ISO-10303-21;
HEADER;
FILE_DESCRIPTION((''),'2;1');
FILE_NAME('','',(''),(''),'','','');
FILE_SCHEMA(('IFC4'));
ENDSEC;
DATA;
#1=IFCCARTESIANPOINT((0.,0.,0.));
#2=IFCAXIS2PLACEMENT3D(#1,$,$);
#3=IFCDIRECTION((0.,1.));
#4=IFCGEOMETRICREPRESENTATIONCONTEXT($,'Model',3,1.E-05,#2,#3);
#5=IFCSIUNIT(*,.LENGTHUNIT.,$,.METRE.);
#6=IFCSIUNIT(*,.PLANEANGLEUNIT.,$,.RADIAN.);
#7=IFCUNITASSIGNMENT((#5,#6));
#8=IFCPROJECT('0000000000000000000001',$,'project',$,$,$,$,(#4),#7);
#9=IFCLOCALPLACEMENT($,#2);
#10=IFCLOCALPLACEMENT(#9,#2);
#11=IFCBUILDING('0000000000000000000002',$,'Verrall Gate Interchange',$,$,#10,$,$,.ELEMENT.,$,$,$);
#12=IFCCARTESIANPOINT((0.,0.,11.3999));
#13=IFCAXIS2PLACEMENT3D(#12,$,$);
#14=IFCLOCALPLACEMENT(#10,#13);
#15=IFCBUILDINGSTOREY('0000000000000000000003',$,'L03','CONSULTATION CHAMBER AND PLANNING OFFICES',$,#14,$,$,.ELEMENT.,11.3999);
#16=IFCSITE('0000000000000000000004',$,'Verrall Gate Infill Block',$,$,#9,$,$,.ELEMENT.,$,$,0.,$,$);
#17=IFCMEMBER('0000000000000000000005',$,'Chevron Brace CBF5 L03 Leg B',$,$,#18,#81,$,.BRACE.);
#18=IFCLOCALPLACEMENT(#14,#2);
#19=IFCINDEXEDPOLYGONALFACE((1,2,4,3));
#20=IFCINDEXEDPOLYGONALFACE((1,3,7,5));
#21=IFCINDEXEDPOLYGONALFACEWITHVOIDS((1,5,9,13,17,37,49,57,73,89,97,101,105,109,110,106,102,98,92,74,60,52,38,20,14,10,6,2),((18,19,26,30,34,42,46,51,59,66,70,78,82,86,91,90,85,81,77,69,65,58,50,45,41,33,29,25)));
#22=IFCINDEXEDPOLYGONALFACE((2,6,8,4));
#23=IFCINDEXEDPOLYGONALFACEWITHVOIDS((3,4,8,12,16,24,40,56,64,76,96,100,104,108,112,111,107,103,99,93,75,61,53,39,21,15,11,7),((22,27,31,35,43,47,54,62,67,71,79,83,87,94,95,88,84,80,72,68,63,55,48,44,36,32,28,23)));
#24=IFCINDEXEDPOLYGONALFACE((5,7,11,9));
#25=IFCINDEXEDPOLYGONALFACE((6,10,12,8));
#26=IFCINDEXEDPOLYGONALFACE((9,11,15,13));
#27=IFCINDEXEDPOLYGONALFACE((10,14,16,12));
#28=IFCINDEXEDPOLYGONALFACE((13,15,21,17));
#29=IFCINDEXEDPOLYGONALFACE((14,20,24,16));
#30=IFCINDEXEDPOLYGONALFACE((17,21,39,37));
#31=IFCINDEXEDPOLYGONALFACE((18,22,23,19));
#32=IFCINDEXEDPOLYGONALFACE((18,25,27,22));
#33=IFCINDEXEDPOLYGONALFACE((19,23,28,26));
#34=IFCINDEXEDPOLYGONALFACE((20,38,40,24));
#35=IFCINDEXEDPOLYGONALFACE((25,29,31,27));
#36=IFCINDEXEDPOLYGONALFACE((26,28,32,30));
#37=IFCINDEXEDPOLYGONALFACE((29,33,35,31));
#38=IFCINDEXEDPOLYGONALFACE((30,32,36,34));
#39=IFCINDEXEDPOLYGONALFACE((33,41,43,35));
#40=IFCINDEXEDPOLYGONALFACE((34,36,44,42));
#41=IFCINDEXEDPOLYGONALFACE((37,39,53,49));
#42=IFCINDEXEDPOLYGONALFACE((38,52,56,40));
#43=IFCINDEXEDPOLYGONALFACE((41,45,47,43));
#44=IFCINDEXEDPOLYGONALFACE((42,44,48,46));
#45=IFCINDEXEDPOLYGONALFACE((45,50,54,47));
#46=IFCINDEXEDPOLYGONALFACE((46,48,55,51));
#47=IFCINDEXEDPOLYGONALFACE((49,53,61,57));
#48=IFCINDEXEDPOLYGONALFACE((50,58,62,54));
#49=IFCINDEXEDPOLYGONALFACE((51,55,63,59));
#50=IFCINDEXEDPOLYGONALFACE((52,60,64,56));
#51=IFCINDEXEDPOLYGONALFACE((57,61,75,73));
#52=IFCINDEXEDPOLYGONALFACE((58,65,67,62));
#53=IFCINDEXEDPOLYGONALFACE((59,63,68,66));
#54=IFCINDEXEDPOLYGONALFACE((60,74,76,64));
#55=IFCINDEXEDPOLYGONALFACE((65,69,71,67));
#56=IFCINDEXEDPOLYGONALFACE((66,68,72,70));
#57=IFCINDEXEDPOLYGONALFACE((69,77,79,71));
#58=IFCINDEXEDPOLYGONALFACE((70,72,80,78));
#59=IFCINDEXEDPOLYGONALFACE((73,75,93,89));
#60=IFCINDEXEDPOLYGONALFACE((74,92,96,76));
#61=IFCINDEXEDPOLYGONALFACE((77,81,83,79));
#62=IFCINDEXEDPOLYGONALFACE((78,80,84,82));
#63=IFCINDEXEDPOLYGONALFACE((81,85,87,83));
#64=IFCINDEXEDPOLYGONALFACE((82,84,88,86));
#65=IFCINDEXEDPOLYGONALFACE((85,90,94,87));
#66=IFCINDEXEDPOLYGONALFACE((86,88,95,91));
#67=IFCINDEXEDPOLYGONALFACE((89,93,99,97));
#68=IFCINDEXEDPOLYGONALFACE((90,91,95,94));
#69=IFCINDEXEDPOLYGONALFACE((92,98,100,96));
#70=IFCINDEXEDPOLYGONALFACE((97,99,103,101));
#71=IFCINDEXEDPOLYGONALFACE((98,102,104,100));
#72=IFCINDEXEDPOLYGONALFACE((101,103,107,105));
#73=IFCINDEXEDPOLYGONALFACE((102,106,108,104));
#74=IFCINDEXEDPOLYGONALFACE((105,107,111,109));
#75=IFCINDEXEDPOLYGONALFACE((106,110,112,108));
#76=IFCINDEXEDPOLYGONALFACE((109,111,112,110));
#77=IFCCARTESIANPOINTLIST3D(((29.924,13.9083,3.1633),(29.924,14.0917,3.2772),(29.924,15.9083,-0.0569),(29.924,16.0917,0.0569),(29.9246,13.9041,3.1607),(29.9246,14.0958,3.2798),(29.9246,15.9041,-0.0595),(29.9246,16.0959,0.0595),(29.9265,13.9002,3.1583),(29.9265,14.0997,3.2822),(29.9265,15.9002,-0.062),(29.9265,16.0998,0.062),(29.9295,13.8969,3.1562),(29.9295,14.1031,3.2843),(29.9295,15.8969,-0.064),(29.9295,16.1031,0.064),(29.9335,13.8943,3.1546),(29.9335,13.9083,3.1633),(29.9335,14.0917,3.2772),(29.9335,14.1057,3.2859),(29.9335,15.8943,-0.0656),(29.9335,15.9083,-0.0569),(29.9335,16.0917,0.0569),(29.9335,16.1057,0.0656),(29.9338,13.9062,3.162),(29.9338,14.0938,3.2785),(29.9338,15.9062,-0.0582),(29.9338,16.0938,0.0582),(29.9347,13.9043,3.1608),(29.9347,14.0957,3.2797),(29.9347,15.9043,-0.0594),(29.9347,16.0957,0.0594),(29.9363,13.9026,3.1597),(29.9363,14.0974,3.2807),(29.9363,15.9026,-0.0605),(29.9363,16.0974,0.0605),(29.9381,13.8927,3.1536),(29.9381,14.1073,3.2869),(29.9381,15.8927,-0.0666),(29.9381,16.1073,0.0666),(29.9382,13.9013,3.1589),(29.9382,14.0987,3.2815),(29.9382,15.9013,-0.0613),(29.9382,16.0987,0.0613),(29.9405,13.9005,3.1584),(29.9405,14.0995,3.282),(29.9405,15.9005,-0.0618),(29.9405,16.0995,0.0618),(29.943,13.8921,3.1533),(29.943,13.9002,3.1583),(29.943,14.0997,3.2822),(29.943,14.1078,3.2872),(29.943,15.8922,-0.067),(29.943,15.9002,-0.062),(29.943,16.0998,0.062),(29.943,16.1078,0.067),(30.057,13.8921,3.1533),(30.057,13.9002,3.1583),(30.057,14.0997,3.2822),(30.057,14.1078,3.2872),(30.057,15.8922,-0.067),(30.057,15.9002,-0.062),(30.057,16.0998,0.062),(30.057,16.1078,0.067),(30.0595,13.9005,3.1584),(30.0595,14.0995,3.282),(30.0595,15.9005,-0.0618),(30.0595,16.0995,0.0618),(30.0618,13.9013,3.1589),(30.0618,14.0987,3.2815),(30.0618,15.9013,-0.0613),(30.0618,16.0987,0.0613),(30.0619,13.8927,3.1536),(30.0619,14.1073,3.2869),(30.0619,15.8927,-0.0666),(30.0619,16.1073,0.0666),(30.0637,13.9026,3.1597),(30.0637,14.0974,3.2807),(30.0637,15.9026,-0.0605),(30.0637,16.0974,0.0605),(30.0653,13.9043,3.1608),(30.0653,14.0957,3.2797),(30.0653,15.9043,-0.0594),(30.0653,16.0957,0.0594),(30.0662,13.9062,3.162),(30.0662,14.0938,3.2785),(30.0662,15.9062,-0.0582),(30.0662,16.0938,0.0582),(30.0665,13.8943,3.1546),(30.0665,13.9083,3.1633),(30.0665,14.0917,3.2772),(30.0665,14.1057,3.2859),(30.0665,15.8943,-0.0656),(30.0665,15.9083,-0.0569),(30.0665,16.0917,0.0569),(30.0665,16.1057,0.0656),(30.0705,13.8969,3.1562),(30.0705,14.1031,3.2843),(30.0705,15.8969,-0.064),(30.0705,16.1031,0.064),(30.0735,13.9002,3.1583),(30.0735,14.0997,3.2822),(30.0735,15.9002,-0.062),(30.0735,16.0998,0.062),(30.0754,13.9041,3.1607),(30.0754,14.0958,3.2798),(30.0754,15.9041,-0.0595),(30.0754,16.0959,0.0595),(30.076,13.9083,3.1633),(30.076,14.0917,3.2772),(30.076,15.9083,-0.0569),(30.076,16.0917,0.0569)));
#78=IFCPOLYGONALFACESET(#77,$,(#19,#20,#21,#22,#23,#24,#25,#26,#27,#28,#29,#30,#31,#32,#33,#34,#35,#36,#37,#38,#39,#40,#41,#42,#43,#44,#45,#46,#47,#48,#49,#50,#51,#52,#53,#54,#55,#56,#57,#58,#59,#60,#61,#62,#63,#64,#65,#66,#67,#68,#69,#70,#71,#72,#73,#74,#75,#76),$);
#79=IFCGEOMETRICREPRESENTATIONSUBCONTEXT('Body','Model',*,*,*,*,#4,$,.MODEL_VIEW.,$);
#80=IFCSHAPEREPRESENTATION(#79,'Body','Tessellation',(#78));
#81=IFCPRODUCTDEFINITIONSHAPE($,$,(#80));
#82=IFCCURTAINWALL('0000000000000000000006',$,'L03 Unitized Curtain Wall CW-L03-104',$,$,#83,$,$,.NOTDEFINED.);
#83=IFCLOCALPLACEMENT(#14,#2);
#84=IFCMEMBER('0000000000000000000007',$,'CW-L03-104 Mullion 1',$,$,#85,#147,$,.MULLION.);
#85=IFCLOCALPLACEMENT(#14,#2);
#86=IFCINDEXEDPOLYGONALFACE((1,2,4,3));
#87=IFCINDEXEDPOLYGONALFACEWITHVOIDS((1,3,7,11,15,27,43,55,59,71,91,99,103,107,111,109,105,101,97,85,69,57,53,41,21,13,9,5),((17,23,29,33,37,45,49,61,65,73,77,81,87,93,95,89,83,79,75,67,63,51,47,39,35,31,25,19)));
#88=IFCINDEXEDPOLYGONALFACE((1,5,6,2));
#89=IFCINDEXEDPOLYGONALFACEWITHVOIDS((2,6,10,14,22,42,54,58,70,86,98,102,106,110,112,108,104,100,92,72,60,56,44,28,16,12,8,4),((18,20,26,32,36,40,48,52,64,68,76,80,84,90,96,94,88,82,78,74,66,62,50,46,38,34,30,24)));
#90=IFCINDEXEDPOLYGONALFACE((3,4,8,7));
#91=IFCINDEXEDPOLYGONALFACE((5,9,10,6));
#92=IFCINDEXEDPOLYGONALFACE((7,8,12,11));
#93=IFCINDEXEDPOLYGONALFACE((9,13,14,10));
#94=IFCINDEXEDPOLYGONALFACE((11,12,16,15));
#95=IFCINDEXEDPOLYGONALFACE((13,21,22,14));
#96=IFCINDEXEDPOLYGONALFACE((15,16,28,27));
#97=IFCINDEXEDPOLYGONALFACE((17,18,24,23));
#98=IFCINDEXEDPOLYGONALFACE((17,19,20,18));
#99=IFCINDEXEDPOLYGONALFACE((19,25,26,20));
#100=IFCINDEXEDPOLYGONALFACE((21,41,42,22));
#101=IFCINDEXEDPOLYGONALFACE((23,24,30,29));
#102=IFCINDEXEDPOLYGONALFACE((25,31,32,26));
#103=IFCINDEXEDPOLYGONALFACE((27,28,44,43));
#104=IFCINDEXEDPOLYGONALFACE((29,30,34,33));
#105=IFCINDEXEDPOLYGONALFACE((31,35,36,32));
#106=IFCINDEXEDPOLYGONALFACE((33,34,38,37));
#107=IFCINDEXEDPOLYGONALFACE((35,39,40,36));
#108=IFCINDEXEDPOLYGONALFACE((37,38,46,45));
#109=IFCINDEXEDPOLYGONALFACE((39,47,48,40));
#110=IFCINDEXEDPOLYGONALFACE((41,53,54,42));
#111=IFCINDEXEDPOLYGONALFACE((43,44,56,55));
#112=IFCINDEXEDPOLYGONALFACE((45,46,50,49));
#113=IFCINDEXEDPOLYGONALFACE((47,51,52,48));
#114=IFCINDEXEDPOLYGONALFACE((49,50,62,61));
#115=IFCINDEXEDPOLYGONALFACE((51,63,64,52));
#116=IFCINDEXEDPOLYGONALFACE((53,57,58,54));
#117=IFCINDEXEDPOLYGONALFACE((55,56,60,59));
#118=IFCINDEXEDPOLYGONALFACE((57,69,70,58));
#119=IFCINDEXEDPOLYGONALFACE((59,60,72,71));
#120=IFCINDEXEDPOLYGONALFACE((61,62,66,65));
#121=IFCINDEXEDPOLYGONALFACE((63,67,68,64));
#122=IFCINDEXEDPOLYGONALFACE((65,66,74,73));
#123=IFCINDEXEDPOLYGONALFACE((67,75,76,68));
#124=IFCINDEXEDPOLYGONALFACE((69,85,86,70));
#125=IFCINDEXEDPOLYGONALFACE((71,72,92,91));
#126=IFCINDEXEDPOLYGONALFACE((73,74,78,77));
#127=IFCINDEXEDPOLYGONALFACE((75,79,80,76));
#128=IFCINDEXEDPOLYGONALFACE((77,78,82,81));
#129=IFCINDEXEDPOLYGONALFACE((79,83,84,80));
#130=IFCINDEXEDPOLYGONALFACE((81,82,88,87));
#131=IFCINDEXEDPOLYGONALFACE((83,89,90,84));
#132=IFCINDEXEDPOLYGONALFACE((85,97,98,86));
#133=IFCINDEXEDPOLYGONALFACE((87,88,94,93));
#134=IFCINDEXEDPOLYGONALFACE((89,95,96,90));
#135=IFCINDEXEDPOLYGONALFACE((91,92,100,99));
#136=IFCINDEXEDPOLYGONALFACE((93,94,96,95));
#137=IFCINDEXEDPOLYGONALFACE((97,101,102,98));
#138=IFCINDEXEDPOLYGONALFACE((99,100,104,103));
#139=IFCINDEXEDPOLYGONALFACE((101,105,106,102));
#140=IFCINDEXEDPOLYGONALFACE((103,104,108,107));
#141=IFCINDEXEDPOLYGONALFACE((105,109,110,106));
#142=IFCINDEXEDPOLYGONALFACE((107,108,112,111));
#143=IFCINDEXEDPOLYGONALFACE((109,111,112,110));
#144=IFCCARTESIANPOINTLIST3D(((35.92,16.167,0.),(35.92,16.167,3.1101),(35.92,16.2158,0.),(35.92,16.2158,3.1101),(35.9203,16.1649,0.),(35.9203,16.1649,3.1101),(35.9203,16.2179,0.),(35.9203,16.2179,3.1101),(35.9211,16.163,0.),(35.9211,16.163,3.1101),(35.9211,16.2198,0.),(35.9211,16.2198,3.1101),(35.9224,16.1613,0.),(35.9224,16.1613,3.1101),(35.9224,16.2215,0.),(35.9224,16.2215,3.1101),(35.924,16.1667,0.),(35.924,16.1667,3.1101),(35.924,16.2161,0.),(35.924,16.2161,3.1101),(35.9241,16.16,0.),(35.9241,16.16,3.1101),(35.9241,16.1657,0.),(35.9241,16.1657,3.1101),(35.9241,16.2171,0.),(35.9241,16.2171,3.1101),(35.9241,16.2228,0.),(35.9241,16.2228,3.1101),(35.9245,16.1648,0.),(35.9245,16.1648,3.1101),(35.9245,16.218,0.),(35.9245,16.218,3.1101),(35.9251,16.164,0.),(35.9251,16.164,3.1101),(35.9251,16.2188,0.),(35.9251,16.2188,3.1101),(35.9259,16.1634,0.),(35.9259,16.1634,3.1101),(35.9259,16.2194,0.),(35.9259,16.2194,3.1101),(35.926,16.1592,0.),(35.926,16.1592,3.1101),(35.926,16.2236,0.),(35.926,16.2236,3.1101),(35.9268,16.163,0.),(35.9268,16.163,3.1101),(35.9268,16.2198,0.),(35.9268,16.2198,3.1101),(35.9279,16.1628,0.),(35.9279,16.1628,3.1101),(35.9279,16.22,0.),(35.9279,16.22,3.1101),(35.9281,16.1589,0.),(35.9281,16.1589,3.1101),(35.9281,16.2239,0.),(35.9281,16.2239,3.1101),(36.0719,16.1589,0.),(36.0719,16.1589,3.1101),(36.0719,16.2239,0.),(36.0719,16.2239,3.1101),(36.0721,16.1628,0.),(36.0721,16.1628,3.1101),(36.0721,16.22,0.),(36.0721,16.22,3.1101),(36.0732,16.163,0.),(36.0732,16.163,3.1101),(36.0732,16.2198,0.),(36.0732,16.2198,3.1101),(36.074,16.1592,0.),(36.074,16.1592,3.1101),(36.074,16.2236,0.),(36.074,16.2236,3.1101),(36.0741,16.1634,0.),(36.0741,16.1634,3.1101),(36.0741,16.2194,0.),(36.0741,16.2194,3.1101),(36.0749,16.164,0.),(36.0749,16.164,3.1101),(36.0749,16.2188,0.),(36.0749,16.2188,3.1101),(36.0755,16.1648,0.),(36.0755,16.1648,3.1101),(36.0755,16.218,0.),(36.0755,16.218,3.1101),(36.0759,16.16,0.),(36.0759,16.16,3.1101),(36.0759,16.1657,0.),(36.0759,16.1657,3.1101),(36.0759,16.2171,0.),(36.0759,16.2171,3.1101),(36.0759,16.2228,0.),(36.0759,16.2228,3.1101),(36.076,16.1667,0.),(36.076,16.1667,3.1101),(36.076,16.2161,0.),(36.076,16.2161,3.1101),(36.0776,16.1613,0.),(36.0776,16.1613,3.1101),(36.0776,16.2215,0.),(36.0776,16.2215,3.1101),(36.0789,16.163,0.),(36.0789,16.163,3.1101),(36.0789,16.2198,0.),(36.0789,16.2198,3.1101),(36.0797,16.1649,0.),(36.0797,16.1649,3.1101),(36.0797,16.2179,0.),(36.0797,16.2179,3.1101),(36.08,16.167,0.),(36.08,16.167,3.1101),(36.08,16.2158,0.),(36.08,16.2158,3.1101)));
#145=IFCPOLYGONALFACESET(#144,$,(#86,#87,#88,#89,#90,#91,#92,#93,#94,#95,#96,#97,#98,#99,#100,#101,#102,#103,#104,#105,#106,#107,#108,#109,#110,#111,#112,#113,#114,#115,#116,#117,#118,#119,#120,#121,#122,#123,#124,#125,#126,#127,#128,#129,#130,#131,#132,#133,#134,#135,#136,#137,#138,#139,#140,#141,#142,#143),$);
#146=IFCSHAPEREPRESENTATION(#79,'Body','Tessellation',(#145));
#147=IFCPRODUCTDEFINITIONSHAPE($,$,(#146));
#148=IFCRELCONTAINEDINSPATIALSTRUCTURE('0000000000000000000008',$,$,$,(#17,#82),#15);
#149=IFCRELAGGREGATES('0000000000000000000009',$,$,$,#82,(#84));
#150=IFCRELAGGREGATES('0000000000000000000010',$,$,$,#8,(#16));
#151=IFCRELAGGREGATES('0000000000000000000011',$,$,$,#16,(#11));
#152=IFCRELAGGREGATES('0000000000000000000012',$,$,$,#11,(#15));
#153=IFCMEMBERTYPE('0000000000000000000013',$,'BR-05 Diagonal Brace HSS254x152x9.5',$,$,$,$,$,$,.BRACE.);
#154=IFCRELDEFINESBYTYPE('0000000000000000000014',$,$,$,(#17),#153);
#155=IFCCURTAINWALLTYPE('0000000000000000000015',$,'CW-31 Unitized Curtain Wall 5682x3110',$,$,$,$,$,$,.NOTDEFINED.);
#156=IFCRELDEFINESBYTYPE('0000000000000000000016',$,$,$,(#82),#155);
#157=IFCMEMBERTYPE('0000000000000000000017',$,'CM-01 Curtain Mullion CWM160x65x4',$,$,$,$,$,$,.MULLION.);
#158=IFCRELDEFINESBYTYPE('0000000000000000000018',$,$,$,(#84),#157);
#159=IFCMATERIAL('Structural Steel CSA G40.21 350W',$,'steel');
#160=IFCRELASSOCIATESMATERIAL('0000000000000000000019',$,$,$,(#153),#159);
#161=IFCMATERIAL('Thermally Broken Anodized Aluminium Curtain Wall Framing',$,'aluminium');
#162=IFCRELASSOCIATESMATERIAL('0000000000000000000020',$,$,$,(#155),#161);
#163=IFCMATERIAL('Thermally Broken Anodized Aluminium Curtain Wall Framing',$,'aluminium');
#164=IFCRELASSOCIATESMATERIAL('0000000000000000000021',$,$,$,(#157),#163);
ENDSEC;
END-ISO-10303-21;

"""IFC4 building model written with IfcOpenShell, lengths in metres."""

from ifc_helpers import new_model, si_unit, direction, frame, origin, origin_2d, place, context, subcontext, project, spatial, hollow_rectangle, extrude, material, material_profile, profile_set, type_object, element, aggregate, save


model = new_model("IFC4")

# Units and contexts
model_context = context("Model", 3, precision=1e-05, world=origin(), true_north=direction((0.0, 1.0)))
body_context = subcontext(model_context, "Body", "Model", "MODEL_VIEW")
ifc_project = project(units=[si_unit("LENGTHUNIT", "METRE"), si_unit("PLANEANGLEUNIT", "RADIAN")], contexts=[model_context])

# Site, building, storey
site_placement = place(None, origin())
site = spatial("IfcSite", under=ifc_project, at=site_placement, Name="Verrall Gate Infill Block", CompositionType="ELEMENT", RefElevation=0.0)
building_placement = place(site_placement, origin())
building = spatial("IfcBuilding", under=site, at=building_placement, Name="Verrall Gate Interchange", CompositionType="ELEMENT")
storey_placement = place(building_placement, frame((0.0, 0.0, 11.3999)))
storey = spatial("IfcBuildingStorey", under=building, at=storey_placement, Name="L03", Description="CONSULTATION CHAMBER AND PLANNING OFFICES", CompositionType="ELEMENT", Elevation=11.3999)

# Member
ifc_material_1 = material(Name="Structural Steel CSA G40.21 350W", Category="steel")
ifc_material_profile_1 = material_profile(ifc_material_1, hollow_rectangle(XDim=0.1521, YDim=0.2539, WallThickness=0.0095, InnerFilletRadius=0.0095, OuterFilletRadius=0.019, at=origin_2d()), Name="HSS254x152x9.5")
ifc_profile_set_1 = profile_set([ifc_material_profile_1], Name="Structural Steel CSA G40.21 350W")
member_type_1 = type_object("IfcMemberType", Name="BR-05 Diagonal Brace HSS254x152x9.5", PredefinedType="BRACE", material=ifc_profile_set_1)
member_1_placement = place(storey_placement, frame((30.0, 16.0, 0.0), z_axis=(0.0, -0.5276, 0.849493), x_axis=(1.0, 0.0, 0.0)))
element("IfcMember", 1, at=member_1_placement, inside=storey, type_object=member_type_1, Name="Chevron Brace CBF5 L03 Leg B", PredefinedType="BRACE", context=body_context, shape_type="SweptSolid", body=[
    extrude(hollow_rectangle(XDim=0.1521, YDim=0.2539, WallThickness=0.0095, InnerFilletRadius=0.0095, OuterFilletRadius=0.019, at=origin_2d()), origin(), (0.0, 0.0, 1.0), 3.7908),
])

# Curtain wall, member
ifc_material_2 = material(Name="Thermally Broken Anodized Aluminium Curtain Wall Framing", Category="aluminium")
curtain_wall_type = type_object("IfcCurtainWallType", Name="CW-31 Unitized Curtain Wall 5682x3110", PredefinedType="NOTDEFINED", material=ifc_material_2)
curtain_wall_placement = place(storey_placement, origin())
curtain_wall = element("IfcCurtainWall", 2, at=curtain_wall_placement, inside=storey, type_object=curtain_wall_type, Name="L03 Unitized Curtain Wall CW-L03-104", PredefinedType="NOTDEFINED")
ifc_material_3 = material(Name="Thermally Broken Anodized Aluminium Curtain Wall Framing", Category="aluminium")
ifc_material_profile_2 = material_profile(ifc_material_3, hollow_rectangle(XDim=0.0649, YDim=0.1599, WallThickness=0.0039, InnerFilletRadius=0.0039, OuterFilletRadius=0.0081, at=origin_2d()), Name="CWM160x65x4")
ifc_profile_set_2 = profile_set([ifc_material_profile_2], Name="Thermally Broken Anodized Aluminium Curtain Wall Framing")
member_type_2 = type_object("IfcMemberType", Name="CM-01 Curtain Mullion CWM160x65x4", PredefinedType="MULLION", material=ifc_profile_set_2)
member_2_placement = place(storey_placement, frame((36.0, 16.1914, 0.0), z_axis=(0.0, 0.0, 1.0), x_axis=(0.0, 1.0, 0.0)))
member_2 = element("IfcMember", 3, at=member_2_placement, type_object=member_type_2, Name="CW-L03-104 Mullion 1", PredefinedType="MULLION", context=body_context, shape_type="SweptSolid", body=[
    extrude(hollow_rectangle(XDim=0.0649, YDim=0.1599, WallThickness=0.0039, InnerFilletRadius=0.0039, OuterFilletRadius=0.0081, at=origin_2d()), origin(), (0.0, 0.0, 1.0), 3.1101),
])

aggregate(curtain_wall, [member_2])

save(model, "model.ifc")
